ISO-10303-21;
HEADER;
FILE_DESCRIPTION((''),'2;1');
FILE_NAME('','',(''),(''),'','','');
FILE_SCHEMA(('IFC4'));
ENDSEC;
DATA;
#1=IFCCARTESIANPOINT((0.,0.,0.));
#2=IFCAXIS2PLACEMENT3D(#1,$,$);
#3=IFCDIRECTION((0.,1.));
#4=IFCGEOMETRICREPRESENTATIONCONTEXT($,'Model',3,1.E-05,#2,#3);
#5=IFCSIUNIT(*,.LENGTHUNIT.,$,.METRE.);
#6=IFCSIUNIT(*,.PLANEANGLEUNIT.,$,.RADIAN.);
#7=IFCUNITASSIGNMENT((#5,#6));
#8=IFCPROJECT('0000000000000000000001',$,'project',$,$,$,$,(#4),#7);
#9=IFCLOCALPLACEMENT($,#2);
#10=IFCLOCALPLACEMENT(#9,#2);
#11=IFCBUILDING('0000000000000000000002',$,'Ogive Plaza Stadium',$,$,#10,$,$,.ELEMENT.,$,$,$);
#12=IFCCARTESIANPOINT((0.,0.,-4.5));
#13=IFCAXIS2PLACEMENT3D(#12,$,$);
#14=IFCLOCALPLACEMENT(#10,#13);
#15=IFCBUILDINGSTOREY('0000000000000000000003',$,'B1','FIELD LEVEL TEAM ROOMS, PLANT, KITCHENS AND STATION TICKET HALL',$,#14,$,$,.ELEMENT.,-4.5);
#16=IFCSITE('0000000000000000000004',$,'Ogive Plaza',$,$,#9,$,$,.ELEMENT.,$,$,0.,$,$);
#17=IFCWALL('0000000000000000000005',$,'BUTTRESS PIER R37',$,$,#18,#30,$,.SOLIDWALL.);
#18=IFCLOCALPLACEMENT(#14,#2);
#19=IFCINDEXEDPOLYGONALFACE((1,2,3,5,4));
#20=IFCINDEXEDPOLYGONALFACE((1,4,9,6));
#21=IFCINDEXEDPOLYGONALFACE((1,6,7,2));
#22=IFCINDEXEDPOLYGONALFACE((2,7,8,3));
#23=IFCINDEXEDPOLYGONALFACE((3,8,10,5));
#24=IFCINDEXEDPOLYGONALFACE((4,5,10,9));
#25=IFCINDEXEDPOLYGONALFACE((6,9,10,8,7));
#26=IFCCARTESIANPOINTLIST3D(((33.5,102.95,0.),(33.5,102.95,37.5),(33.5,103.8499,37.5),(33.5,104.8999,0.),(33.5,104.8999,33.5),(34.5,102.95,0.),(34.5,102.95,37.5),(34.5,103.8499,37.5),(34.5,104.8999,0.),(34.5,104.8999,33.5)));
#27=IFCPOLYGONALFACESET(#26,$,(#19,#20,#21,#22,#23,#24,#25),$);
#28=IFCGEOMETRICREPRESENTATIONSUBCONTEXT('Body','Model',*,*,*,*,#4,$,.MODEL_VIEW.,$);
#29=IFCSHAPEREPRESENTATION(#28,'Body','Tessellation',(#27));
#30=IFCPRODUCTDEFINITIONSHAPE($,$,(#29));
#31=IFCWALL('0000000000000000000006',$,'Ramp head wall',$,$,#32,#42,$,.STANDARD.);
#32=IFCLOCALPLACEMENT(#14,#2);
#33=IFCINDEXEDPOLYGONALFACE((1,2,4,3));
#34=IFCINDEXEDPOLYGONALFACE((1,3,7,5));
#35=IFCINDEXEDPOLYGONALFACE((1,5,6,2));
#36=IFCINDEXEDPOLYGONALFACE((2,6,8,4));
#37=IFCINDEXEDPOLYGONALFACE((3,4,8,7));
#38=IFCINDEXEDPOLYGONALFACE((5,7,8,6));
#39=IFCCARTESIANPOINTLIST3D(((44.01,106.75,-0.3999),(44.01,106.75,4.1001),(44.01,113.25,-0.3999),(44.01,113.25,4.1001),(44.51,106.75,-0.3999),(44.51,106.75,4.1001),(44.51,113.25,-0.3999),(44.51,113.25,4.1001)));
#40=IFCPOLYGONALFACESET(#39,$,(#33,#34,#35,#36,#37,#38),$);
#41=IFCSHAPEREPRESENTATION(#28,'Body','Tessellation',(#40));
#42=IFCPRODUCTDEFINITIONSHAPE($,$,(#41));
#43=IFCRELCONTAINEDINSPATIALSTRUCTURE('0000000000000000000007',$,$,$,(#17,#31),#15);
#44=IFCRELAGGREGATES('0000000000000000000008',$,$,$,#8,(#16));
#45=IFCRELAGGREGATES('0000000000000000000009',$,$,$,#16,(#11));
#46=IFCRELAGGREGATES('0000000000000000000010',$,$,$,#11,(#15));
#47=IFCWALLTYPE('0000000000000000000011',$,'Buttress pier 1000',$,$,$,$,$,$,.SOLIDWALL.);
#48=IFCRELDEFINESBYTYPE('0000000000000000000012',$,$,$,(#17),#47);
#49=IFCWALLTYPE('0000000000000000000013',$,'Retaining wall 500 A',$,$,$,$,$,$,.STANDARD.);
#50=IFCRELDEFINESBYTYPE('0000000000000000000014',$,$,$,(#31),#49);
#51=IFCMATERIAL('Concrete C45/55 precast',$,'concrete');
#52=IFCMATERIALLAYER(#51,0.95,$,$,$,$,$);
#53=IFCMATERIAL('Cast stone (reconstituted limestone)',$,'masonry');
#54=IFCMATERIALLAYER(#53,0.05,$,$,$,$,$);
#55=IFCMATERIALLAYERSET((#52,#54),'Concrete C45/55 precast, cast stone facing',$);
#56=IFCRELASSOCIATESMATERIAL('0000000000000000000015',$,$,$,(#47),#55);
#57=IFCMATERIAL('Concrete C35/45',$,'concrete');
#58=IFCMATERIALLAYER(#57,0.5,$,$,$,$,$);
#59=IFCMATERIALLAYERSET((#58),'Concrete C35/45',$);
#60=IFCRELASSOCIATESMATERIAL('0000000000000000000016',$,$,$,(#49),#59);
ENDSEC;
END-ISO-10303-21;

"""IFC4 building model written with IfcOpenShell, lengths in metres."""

from ifc_helpers import new_model, si_unit, direction, frame, frame_2d, origin, place, context, subcontext, project, spatial, polyline, rectangle, outline, extrude, material, layer, layer_set, type_object, element, save


model = new_model("IFC4")

# Units and contexts
model_context = context("Model", 3, precision=1e-05, world=origin(), true_north=direction((0.0, 1.0)))
body_context = subcontext(model_context, "Body", "Model", "MODEL_VIEW")
ifc_project = project(units=[si_unit("LENGTHUNIT", "METRE"), si_unit("PLANEANGLEUNIT", "RADIAN")], contexts=[model_context])

# Site, building, storey
site_placement = place(None, origin())
site = spatial("IfcSite", under=ifc_project, at=site_placement, Name="Ogive Plaza", CompositionType="ELEMENT", RefElevation=0.0)
building_placement = place(site_placement, origin())
building = spatial("IfcBuilding", under=site, at=building_placement, Name="Ogive Plaza Stadium", CompositionType="ELEMENT")
storey_placement = place(building_placement, frame((0.0, 0.0, -4.5)))
storey = spatial("IfcBuildingStorey", under=building, at=storey_placement, Name="B1", Description="FIELD LEVEL TEAM ROOMS, PLANT, KITCHENS AND STATION TICKET HALL", CompositionType="ELEMENT", Elevation=-4.5)

# Walls
ifc_material_1 = material(Name="Concrete C45/55 precast", Category="concrete")
ifc_layer_1 = layer(ifc_material_1, 0.95)
ifc_material_2 = material(Name="Cast stone (reconstituted limestone)", Category="masonry")
ifc_layer_2 = layer(ifc_material_2, 0.05)
ifc_layer_set_1 = layer_set([ifc_layer_1, ifc_layer_2], Name="Concrete C45/55 precast, cast stone facing")
wall_type_1 = type_object("IfcWallType", Name="Buttress pier 1000", PredefinedType="SOLIDWALL", material=ifc_layer_set_1)
wall_1_placement = place(storey_placement, frame((34.0, 102.95, 0.0), z_axis=(0.0, 0.0, 1.0), x_axis=(0.0, 1.0, 0.0)))
element("IfcWall", 1, at=wall_1_placement, inside=storey, type_object=wall_type_1, Name="BUTTRESS PIER R37", PredefinedType="SOLIDWALL", context=body_context, shape_type="SweptSolid", body=[
    extrude(outline(polyline([(0.0, 0.0), (1.95, 0.0), (1.95, 33.5), (0.8999, 37.5), (0.0, 37.5), (0.0, 0.0)])), frame((0.0, 0.5, 0.0), z_axis=(0.0, -1.0, 0.0), x_axis=(1.0, 0.0, 0.0)), (0.0, 0.0, 1.0), 1.0),
])
ifc_material_3 = material(Name="Concrete C35/45", Category="concrete")
ifc_layer_3 = layer(ifc_material_3, 0.5)
ifc_layer_set_2 = layer_set([ifc_layer_3], Name="Concrete C35/45")
wall_type_2 = type_object("IfcWallType", Name="Retaining wall 500 A", PredefinedType="STANDARD", material=ifc_layer_set_2)
wall_2_placement = place(storey_placement, frame((44.26, 106.75, -0.3999), z_axis=(0.0, 0.0, 1.0), x_axis=(0.0, 1.0, 0.0)))
element("IfcWall", 2, at=wall_2_placement, inside=storey, type_object=wall_type_2, Name="Ramp head wall", PredefinedType="STANDARD", context=body_context, shape_type="SweptSolid", body=[
    extrude(rectangle(XDim=6.5, YDim=0.5, at=frame_2d((3.25, 0.0))), origin(), (0.0, 0.0, 1.0), 4.5),
])

save(model, "model.ifc")
